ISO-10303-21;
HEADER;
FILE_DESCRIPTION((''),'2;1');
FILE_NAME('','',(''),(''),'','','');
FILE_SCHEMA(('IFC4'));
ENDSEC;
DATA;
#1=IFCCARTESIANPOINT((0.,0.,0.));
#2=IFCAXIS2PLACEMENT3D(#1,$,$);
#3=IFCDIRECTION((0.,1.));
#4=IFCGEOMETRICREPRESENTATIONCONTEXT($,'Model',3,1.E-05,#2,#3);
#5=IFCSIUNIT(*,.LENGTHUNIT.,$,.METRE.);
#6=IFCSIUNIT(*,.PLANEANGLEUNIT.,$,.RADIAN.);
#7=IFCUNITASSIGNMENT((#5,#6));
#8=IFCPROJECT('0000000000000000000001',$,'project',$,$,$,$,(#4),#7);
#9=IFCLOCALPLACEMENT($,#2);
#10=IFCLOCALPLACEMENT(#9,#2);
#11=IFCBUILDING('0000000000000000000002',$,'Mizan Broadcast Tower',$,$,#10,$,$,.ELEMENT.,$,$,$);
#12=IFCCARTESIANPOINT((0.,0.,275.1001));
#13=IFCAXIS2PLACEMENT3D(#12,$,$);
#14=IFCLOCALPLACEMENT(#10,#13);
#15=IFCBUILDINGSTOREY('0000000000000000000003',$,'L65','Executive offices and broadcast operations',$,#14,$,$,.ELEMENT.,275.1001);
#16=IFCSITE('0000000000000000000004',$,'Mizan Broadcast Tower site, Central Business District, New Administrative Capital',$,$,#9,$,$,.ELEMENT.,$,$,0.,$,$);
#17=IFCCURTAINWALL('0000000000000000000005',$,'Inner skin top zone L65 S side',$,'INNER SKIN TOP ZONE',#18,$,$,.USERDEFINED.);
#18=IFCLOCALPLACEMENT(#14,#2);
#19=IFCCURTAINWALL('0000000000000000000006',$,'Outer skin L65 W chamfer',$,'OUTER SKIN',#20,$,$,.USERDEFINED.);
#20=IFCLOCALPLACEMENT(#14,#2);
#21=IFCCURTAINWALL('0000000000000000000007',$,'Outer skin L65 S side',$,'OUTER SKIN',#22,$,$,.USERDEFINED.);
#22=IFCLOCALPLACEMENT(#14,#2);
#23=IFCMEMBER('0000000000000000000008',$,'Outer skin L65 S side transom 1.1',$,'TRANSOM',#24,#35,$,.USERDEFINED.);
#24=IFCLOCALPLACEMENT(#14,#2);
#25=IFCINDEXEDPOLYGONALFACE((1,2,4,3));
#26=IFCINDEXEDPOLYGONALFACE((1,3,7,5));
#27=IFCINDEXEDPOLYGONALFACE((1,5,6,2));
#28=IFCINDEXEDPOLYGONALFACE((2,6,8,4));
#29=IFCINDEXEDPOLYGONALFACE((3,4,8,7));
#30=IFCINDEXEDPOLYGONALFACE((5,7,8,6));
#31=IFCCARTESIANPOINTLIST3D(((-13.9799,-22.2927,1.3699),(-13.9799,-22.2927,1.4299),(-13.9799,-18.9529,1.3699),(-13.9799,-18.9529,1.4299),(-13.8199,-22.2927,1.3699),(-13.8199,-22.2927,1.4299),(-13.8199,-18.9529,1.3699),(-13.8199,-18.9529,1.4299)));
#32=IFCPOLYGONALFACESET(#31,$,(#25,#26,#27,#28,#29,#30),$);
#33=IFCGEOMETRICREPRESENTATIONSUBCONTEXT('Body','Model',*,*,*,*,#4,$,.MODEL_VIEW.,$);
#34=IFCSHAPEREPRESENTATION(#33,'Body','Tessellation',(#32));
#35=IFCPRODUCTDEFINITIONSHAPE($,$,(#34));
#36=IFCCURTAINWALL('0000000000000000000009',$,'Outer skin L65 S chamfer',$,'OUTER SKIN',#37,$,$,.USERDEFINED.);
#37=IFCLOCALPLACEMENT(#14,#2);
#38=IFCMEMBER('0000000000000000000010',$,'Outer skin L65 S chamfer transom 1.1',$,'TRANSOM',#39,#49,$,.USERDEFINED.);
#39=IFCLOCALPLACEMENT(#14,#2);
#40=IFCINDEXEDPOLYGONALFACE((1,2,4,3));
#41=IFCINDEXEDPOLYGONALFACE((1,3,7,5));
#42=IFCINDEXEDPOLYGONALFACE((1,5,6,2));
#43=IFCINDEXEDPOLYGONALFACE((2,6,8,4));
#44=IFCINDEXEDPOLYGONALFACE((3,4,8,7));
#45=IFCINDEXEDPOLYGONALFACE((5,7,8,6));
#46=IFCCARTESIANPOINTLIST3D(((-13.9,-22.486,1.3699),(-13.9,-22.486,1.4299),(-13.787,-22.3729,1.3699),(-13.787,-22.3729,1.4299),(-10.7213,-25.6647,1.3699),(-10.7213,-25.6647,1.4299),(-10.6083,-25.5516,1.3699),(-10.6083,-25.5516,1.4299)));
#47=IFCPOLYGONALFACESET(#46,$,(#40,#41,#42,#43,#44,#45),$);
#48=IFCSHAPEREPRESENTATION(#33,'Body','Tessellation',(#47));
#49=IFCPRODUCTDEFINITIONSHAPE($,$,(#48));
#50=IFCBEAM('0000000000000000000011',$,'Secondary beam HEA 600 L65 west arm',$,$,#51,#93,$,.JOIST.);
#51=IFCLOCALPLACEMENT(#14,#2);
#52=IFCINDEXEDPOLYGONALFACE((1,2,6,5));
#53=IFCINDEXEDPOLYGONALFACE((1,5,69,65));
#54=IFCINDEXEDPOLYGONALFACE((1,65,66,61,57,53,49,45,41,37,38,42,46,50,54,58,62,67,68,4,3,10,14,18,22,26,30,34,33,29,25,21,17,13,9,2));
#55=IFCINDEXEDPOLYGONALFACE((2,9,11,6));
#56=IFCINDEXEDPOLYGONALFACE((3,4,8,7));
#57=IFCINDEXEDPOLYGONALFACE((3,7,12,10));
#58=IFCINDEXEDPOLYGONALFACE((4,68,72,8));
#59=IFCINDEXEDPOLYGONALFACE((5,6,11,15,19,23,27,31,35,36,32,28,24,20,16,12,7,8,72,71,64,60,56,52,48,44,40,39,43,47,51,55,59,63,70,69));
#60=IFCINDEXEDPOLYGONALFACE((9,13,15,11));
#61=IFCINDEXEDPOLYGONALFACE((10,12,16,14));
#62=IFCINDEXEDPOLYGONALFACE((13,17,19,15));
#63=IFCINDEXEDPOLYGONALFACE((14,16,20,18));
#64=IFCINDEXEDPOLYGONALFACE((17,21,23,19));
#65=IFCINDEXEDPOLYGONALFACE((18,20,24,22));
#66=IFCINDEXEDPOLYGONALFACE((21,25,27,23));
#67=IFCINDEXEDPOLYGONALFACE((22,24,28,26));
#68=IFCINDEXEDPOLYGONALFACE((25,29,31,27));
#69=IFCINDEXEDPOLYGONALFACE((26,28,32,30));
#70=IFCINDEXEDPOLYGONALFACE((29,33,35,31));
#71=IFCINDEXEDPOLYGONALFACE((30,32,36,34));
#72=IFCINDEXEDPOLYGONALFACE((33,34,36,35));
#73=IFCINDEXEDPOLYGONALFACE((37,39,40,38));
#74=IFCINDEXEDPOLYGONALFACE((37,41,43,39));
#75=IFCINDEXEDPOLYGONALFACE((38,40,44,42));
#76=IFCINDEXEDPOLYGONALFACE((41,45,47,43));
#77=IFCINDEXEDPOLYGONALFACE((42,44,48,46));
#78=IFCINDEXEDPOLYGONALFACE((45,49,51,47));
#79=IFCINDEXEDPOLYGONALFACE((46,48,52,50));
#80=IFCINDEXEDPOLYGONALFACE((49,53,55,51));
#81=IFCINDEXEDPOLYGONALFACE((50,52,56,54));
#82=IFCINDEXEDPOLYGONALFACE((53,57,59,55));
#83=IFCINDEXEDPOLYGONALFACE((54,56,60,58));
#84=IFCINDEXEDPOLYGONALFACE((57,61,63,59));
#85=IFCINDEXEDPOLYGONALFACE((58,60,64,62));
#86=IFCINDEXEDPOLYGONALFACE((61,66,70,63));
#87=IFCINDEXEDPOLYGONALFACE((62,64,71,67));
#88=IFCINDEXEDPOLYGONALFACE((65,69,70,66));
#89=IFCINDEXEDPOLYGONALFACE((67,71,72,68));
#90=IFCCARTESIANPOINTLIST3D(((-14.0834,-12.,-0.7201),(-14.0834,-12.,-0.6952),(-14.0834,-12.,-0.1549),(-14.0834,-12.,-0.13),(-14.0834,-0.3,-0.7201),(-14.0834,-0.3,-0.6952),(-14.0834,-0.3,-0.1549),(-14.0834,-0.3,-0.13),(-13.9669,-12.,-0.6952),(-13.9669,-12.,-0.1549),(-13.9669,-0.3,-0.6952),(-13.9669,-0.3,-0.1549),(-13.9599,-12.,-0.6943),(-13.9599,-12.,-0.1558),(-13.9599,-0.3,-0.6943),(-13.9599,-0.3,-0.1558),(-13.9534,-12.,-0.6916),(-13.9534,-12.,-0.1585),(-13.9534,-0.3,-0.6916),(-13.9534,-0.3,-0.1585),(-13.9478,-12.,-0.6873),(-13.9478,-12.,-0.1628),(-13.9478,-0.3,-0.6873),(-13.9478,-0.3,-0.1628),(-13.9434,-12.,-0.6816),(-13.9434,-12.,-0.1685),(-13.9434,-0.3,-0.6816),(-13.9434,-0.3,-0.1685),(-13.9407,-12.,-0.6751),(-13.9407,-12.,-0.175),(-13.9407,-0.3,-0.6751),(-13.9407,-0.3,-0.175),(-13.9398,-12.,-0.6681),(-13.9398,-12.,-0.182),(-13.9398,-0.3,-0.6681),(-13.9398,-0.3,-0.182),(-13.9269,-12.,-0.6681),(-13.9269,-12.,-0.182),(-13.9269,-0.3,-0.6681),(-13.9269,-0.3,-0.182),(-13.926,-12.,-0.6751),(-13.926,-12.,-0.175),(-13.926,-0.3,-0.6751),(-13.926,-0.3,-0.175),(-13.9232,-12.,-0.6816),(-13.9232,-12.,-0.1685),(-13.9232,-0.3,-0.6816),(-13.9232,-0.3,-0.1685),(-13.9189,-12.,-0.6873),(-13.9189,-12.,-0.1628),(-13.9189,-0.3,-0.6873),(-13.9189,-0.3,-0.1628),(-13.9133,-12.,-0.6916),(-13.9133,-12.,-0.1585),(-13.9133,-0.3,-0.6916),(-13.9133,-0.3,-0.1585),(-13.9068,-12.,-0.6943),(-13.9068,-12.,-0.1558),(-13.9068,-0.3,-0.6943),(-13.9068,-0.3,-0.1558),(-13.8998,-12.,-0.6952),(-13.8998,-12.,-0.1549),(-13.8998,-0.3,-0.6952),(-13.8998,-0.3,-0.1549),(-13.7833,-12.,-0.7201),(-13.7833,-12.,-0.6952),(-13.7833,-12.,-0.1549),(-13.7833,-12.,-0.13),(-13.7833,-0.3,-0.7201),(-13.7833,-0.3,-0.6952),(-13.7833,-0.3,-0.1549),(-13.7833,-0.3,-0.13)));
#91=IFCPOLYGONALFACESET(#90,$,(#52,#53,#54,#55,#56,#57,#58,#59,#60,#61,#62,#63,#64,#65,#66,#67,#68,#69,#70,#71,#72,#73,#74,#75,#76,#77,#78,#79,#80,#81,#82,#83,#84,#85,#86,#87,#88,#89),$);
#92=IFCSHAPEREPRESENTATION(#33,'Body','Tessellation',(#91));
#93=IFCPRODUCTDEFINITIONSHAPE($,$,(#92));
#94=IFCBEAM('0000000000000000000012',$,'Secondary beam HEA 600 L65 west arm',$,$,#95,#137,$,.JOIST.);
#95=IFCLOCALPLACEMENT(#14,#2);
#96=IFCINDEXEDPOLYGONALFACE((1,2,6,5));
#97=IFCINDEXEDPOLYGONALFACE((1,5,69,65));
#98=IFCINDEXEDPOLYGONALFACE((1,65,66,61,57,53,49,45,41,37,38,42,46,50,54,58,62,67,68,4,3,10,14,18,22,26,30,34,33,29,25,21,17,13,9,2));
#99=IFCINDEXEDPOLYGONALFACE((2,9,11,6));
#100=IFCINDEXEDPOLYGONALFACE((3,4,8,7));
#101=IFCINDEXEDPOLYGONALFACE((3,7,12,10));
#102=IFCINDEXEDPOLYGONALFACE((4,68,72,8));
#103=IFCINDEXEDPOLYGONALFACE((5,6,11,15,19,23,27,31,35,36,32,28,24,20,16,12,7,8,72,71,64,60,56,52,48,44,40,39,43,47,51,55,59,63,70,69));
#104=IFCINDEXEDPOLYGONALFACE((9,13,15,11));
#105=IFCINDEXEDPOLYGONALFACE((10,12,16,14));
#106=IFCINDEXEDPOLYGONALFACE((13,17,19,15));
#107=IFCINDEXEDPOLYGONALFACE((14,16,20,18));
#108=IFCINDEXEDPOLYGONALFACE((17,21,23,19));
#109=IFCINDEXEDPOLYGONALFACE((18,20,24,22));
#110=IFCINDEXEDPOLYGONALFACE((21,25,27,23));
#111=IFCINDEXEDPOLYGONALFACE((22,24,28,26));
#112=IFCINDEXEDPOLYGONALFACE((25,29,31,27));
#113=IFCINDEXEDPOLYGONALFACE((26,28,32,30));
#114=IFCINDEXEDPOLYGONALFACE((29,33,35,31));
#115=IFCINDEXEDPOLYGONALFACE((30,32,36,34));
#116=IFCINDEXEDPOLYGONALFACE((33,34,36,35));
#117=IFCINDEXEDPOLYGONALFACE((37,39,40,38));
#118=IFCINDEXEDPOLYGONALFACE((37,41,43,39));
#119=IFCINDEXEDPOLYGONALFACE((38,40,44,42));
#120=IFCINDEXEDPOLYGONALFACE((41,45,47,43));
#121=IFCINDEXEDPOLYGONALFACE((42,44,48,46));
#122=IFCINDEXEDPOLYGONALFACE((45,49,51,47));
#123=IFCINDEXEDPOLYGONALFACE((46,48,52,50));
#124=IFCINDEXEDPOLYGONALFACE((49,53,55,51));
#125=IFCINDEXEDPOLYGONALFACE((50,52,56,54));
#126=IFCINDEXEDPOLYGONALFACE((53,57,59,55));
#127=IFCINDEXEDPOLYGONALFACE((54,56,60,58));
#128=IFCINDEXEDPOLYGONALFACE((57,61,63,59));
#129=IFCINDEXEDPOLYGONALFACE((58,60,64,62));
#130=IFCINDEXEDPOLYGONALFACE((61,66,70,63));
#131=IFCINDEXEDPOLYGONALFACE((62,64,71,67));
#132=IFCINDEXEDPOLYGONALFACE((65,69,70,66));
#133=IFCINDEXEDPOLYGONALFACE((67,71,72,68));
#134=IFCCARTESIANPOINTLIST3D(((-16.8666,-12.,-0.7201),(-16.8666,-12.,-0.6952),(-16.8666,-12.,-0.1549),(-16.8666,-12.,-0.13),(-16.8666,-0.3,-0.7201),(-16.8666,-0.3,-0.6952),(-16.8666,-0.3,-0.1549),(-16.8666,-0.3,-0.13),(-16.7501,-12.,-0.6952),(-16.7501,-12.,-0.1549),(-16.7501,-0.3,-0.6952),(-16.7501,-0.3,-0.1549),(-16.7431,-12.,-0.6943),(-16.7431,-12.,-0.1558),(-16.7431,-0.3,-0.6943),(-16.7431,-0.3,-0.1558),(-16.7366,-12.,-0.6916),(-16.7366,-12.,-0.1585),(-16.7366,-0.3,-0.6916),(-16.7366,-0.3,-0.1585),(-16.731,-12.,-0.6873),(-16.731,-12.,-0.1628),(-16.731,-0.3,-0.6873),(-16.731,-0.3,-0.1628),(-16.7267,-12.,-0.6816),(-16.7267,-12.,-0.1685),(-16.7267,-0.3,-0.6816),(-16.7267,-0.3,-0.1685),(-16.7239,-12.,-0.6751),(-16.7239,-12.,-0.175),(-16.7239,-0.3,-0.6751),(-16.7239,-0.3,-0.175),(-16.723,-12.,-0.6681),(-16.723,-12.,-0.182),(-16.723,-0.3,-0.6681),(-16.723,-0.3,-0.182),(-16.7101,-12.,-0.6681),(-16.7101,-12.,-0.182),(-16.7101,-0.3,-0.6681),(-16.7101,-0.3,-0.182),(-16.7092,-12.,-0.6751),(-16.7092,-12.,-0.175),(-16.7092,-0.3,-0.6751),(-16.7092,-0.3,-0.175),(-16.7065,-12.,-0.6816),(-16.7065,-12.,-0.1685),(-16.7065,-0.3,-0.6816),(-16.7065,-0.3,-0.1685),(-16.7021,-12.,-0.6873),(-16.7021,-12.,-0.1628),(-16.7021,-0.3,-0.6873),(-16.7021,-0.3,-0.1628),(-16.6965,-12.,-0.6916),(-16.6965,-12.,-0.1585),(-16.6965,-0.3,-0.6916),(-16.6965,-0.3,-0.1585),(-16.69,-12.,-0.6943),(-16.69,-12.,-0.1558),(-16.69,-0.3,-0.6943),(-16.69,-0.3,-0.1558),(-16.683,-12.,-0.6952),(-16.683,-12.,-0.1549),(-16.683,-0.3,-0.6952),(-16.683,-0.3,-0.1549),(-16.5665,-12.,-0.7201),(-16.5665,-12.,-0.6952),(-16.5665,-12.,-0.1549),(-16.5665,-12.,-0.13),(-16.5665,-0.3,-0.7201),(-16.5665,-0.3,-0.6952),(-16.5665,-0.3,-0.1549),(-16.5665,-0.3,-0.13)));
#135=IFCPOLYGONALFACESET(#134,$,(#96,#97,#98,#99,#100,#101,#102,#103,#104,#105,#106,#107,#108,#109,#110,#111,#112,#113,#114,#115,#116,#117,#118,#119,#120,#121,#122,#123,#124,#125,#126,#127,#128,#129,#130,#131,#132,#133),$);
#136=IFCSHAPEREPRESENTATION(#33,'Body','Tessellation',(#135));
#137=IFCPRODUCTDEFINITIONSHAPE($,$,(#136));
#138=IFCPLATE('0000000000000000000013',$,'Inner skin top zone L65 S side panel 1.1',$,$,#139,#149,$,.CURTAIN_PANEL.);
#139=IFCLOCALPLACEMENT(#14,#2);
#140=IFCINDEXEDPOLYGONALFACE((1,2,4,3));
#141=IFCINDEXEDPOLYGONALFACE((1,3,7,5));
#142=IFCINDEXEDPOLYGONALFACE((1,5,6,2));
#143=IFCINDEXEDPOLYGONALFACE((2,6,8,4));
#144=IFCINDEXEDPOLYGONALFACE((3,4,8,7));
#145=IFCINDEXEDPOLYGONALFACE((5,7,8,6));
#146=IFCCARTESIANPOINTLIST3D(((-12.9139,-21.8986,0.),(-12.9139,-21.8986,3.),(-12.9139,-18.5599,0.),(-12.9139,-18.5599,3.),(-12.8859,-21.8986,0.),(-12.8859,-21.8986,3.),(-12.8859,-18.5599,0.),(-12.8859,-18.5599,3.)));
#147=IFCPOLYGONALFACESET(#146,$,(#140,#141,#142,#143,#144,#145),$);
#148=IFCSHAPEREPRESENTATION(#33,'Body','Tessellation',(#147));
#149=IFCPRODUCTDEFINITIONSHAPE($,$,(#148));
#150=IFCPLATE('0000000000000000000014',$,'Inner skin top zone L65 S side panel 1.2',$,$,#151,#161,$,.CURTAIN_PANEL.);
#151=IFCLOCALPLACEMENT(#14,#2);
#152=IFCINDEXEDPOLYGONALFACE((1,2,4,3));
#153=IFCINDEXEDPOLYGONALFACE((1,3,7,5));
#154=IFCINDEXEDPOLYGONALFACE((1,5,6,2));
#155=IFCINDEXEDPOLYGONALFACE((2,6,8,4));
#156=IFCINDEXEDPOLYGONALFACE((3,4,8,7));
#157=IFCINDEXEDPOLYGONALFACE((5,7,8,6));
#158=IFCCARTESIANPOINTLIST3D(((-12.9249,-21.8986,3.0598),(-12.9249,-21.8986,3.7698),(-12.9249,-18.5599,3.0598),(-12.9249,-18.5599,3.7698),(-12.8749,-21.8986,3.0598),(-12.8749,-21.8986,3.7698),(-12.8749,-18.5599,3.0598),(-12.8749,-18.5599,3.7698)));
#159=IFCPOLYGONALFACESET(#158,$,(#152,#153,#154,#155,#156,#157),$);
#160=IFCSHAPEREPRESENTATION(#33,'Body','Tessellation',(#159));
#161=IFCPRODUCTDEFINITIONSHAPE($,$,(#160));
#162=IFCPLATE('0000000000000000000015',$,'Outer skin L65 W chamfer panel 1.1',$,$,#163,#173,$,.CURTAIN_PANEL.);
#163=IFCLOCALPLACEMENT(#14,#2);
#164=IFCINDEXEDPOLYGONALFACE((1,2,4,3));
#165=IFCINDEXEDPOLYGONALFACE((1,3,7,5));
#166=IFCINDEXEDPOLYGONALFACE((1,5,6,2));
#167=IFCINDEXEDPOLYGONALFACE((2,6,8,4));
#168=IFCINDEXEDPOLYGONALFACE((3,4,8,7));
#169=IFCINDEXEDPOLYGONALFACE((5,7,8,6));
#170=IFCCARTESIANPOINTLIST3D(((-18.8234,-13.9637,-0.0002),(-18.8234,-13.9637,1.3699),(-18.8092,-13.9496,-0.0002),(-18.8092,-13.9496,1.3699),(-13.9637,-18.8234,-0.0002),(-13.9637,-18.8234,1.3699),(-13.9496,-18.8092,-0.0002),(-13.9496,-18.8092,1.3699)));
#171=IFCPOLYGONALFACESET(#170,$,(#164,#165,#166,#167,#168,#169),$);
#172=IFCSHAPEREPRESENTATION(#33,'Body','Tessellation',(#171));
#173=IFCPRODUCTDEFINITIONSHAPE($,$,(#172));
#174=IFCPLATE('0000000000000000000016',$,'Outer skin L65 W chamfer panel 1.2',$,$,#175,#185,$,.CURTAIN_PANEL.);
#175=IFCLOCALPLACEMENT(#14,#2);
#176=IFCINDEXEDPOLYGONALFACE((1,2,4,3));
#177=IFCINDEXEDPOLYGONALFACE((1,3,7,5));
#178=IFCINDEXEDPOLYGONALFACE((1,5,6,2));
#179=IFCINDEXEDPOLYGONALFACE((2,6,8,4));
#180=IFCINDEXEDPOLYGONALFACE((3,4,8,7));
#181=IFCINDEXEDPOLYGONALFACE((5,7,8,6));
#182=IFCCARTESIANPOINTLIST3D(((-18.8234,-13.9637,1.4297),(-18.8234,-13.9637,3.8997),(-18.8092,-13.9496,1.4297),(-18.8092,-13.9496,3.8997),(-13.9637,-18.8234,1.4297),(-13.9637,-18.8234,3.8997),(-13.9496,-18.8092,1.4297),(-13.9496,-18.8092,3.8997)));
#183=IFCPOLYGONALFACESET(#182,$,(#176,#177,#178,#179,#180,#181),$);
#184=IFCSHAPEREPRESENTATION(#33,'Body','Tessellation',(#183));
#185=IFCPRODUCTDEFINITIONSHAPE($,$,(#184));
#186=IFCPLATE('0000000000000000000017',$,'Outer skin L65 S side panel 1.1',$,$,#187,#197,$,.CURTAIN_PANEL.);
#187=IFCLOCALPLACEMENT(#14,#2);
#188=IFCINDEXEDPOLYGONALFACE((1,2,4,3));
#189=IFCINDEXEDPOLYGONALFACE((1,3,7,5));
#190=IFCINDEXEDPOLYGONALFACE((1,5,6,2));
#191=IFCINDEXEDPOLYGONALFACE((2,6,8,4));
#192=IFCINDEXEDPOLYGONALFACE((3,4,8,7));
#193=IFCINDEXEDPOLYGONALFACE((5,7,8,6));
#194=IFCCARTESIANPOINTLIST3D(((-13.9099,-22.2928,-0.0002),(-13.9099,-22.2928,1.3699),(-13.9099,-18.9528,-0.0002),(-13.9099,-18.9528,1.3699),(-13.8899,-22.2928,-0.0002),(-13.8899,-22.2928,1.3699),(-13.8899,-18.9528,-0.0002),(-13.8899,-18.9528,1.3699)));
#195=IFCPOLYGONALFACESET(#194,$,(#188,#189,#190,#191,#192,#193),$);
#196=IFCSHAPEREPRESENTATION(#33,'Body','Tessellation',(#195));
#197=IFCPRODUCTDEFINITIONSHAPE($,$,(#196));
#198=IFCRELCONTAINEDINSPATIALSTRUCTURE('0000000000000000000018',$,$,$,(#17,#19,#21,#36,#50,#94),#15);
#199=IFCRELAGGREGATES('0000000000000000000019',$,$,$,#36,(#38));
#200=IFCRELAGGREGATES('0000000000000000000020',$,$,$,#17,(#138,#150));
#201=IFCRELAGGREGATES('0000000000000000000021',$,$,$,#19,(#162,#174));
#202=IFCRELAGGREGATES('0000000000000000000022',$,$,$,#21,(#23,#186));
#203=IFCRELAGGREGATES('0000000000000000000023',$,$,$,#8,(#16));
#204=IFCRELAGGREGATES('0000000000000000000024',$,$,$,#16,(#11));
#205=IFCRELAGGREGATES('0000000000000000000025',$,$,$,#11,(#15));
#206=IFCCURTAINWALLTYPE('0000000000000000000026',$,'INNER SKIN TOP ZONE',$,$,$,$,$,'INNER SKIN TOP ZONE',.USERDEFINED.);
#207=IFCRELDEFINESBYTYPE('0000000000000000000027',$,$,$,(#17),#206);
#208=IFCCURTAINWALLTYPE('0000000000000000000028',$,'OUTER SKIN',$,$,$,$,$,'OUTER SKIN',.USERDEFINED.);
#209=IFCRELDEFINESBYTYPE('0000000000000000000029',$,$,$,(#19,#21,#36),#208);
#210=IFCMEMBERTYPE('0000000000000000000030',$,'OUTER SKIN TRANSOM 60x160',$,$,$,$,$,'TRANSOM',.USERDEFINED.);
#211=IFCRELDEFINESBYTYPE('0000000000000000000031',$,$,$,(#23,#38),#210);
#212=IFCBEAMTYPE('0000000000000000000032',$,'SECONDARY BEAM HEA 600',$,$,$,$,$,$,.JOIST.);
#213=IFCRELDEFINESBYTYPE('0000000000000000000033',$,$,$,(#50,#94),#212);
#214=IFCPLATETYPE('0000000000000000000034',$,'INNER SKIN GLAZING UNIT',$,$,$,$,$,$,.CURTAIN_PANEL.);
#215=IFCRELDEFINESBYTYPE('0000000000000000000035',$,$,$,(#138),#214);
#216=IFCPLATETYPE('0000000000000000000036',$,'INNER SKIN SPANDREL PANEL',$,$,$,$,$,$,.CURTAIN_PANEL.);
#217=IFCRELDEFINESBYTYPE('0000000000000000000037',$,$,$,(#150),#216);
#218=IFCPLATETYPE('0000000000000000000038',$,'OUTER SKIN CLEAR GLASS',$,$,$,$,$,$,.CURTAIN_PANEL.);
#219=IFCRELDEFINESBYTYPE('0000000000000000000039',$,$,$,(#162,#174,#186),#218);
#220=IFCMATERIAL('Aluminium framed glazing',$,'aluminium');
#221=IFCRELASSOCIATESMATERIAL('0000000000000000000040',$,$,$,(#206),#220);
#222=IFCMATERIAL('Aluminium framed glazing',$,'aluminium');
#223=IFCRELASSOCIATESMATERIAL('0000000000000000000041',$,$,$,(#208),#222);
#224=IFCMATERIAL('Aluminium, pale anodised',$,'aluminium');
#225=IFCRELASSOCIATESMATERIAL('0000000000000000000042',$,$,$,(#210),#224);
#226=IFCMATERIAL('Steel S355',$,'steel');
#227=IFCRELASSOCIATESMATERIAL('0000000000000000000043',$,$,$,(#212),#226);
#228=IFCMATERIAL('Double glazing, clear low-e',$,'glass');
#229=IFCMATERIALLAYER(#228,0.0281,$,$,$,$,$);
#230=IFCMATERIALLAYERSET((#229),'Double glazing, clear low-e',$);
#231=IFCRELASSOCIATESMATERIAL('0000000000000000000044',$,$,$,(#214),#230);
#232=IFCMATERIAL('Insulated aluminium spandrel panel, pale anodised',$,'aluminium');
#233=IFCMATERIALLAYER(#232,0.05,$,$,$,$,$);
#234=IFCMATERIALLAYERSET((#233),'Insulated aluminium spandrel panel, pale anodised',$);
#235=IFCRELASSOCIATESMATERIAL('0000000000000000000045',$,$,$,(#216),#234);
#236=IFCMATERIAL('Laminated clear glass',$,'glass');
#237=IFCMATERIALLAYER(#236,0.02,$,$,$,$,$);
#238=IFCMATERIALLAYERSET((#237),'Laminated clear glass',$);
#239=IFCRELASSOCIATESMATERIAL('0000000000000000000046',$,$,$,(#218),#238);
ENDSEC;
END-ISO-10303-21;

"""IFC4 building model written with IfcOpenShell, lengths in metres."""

from ifc_helpers import new_model, si_unit, direction, frame, origin, origin_2d, place, context, subcontext, project, spatial, rectangle, i_section, extrude, material, layer, layer_set, material_profile, profile_set, type_object, element, aggregate, save


model = new_model("IFC4")

# Units and contexts
model_context = context("Model", 3, precision=1e-05, world=origin(), true_north=direction((0.0, 1.0)))
body_context = subcontext(model_context, "Body", "Model", "MODEL_VIEW")
ifc_project = project(units=[si_unit("LENGTHUNIT", "METRE"), si_unit("PLANEANGLEUNIT", "RADIAN")], contexts=[model_context])

# Site, building, storey
site_placement = place(None, origin())
site = spatial("IfcSite", under=ifc_project, at=site_placement, Name="Mizan Broadcast Tower site, Central Business District, New Administrative Capital", CompositionType="ELEMENT", RefElevation=0.0)
building_placement = place(site_placement, origin())
building = spatial("IfcBuilding", under=site, at=building_placement, Name="Mizan Broadcast Tower", CompositionType="ELEMENT")
storey_placement = place(building_placement, frame((0.0, 0.0, 275.1001)))
storey = spatial("IfcBuildingStorey", under=building, at=storey_placement, Name="L65", Description="Executive offices and broadcast operations", CompositionType="ELEMENT", Elevation=275.1001)

# Shared definitions
ifc_material_1 = material(Name="Aluminium framed glazing", Category="aluminium")
curtain_wall_type_1 = type_object("IfcCurtainWallType", Name="INNER SKIN TOP ZONE", ElementType="INNER SKIN TOP ZONE", PredefinedType="USERDEFINED", material=ifc_material_1)

# Curtain wall
curtain_wall_1_placement = place(storey_placement, origin())
curtain_wall_1 = element("IfcCurtainWall", 1, at=curtain_wall_1_placement, inside=storey, type_object=curtain_wall_type_1, Name="Inner skin top zone L65 S side", ObjectType="INNER SKIN TOP ZONE", PredefinedType="USERDEFINED")

# Curtain walls
ifc_material_2 = material(Name="Aluminium framed glazing", Category="aluminium")
curtain_wall_type_2 = type_object("IfcCurtainWallType", Name="OUTER SKIN", ElementType="OUTER SKIN", PredefinedType="USERDEFINED", material=ifc_material_2)
curtain_wall_2_placement = place(storey_placement, origin())
curtain_wall_2 = element("IfcCurtainWall", 2, at=curtain_wall_2_placement, inside=storey, type_object=curtain_wall_type_2, Name="Outer skin L65 W chamfer", ObjectType="OUTER SKIN", PredefinedType="USERDEFINED")
curtain_wall_3_placement = place(storey_placement, origin())
curtain_wall_3 = element("IfcCurtainWall", 3, at=curtain_wall_3_placement, inside=storey, type_object=curtain_wall_type_2, Name="Outer skin L65 S side", ObjectType="OUTER SKIN", PredefinedType="USERDEFINED")

# Member
ifc_material_3 = material(Name="Aluminium, pale anodised", Category="aluminium")
ifc_material_profile_1 = material_profile(ifc_material_3, rectangle(XDim=0.1599, YDim=0.0601, at=origin_2d()), Name="TRANSOM 160x60")
ifc_profile_set_1 = profile_set([ifc_material_profile_1], Name="Aluminium, pale anodised")
member_type_1 = type_object("IfcMemberType", Name="OUTER SKIN TRANSOM 60x160", ElementType="TRANSOM", PredefinedType="USERDEFINED", material=ifc_profile_set_1)
member_1_placement = place(storey_placement, frame((-13.8999, -18.9529, 1.3999), z_axis=(0.0, -1.0, 0.0), x_axis=(1.0, 0.0, 0.0)))
member_1 = element("IfcMember", 4, at=member_1_placement, type_object=member_type_1, Name="Outer skin L65 S side transom 1.1", ObjectType="TRANSOM", PredefinedType="USERDEFINED", context=body_context, shape_type="SweptSolid", body=[
    extrude(rectangle(XDim=0.1599, YDim=0.0601, at=origin_2d()), origin(), (0.0, 0.0, 1.0), 3.3398),
])

# Curtain wall, member
curtain_wall_4_placement = place(storey_placement, origin())
curtain_wall_4 = element("IfcCurtainWall", 5, at=curtain_wall_4_placement, inside=storey, type_object=curtain_wall_type_2, Name="Outer skin L65 S chamfer", ObjectType="OUTER SKIN", PredefinedType="USERDEFINED")
member_2_placement = place(storey_placement, frame((-13.8435, -22.4294, 1.3999), z_axis=(0.707107, -0.707107, 0.0), x_axis=(0.707107, 0.707107, 0.0)))
member_2 = element("IfcMember", 6, at=member_2_placement, type_object=member_type_1, Name="Outer skin L65 S chamfer transom 1.1", ObjectType="TRANSOM", PredefinedType="USERDEFINED", context=body_context, shape_type="SweptSolid", body=[
    extrude(rectangle(XDim=0.1599, YDim=0.0601, at=origin_2d()), origin(), (0.0, 0.0, 1.0), 4.4954),
])
aggregate(curtain_wall_4, [member_2])

# Beams
ifc_material_4 = material(Name="Steel S355", Category="steel")
ifc_material_profile_2 = material_profile(ifc_material_4, i_section(OverallWidth=0.3, OverallDepth=0.5901, WebThickness=0.0129, FlangeThickness=0.0249, FilletRadius=0.0271, at=origin_2d()), Name="HEA 600")
ifc_profile_set_2 = profile_set([ifc_material_profile_2], Name="Steel S355")
beam_type_1 = type_object("IfcBeamType", Name="SECONDARY BEAM HEA 600", PredefinedType="JOIST", material=ifc_profile_set_2)
for number, where, z_axis, x_axis, name in (
    (7, (-13.9333, -12.0, -0.425), (0.0, 1.0, 0.0), (-1.0, 0.0, 0.0), "Secondary beam HEA 600 L65 west arm"),
    (8, (-16.7166, -12.0, -0.425), (0.0, 1.0, 0.0), (-1.0, 0.0, 0.0), "Secondary beam HEA 600 L65 west arm"),
):
    element("IfcBeam", number, at=place(storey_placement, frame(where, z_axis=z_axis, x_axis=x_axis)), inside=storey, type_object=beam_type_1, Name=name, PredefinedType="JOIST", context=body_context, shape_type="SweptSolid", body=[
        extrude(i_section(OverallWidth=0.3, OverallDepth=0.5901, WebThickness=0.0129, FlangeThickness=0.0249, FilletRadius=0.0271, at=origin_2d()), origin(), (0.0, 0.0, 1.0), 11.7),
    ])

# Plates
ifc_material_5 = material(Name="Double glazing, clear low-e", Category="glass")
ifc_layer_1 = layer(ifc_material_5, 0.0281)
ifc_layer_set_1 = layer_set([ifc_layer_1], Name="Double glazing, clear low-e")
plate_type_1 = type_object("IfcPlateType", Name="INNER SKIN GLAZING UNIT", PredefinedType="CURTAIN_PANEL", material=ifc_layer_set_1)
plate_1_placement = place(storey_placement, frame((-12.8999, -20.2292, 0.0), z_axis=(0.0, 0.0, 1.0), x_axis=(0.0, -1.0, 0.0)))
plate_1 = element("IfcPlate", 9, at=plate_1_placement, type_object=plate_type_1, Name="Inner skin top zone L65 S side panel 1.1", PredefinedType="CURTAIN_PANEL", context=body_context, shape_type="SweptSolid", body=[
    extrude(rectangle(XDim=3.3386, YDim=0.0281, at=origin_2d()), origin(), (0.0, 0.0, 1.0), 3.0),
])
ifc_material_6 = material(Name="Insulated aluminium spandrel panel, pale anodised", Category="aluminium")
ifc_layer_2 = layer(ifc_material_6, 0.05)
ifc_layer_set_2 = layer_set([ifc_layer_2], Name="Insulated aluminium spandrel panel, pale anodised")
plate_type_2 = type_object("IfcPlateType", Name="INNER SKIN SPANDREL PANEL", PredefinedType="CURTAIN_PANEL", material=ifc_layer_set_2)
plate_2_placement = place(storey_placement, frame((-12.8999, -20.2292, 3.0598), z_axis=(0.0, 0.0, 1.0), x_axis=(0.0, -1.0, 0.0)))
plate_2 = element("IfcPlate", 10, at=plate_2_placement, type_object=plate_type_2, Name="Inner skin top zone L65 S side panel 1.2", PredefinedType="CURTAIN_PANEL", context=body_context, shape_type="SweptSolid", body=[
    extrude(rectangle(XDim=3.3386, YDim=0.05, at=origin_2d()), origin(), (0.0, 0.0, 1.0), 0.71),
])
aggregate(curtain_wall_1, [plate_1, plate_2])
ifc_material_7 = material(Name="Laminated clear glass", Category="glass")
ifc_layer_3 = layer(ifc_material_7, 0.02)
ifc_layer_set_3 = layer_set([ifc_layer_3], Name="Laminated clear glass")
plate_type_3 = type_object("IfcPlateType", Name="OUTER SKIN CLEAR GLASS", PredefinedType="CURTAIN_PANEL", material=ifc_layer_set_3)
plate_3_placement = place(storey_placement, frame((-16.3865, -16.3865, -0.0002), z_axis=(0.0, 0.0, 1.0), x_axis=(0.707107, -0.707107, 0.0)))
plate_3 = element("IfcPlate", 11, at=plate_3_placement, type_object=plate_type_3, Name="Outer skin L65 W chamfer panel 1.1", PredefinedType="CURTAIN_PANEL", context=body_context, shape_type="SweptSolid", body=[
    extrude(rectangle(XDim=6.8726, YDim=0.02, at=origin_2d()), origin(), (0.0, 0.0, 1.0), 1.3701),
])
plate_4_placement = place(storey_placement, frame((-16.3865, -16.3865, 1.4297), z_axis=(0.0, 0.0, 1.0), x_axis=(0.707107, -0.707107, 0.0)))
plate_4 = element("IfcPlate", 12, at=plate_4_placement, type_object=plate_type_3, Name="Outer skin L65 W chamfer panel 1.2", PredefinedType="CURTAIN_PANEL", context=body_context, shape_type="SweptSolid", body=[
    extrude(rectangle(XDim=6.8726, YDim=0.02, at=origin_2d()), origin(), (0.0, 0.0, 1.0), 2.47),
])
aggregate(curtain_wall_2, [plate_3, plate_4])
plate_5_placement = place(storey_placement, frame((-13.8999, -20.6228, -0.0002), z_axis=(0.0, 0.0, 1.0), x_axis=(0.0, -1.0, 0.0)))
plate_5 = element("IfcPlate", 13, at=plate_5_placement, type_object=plate_type_3, Name="Outer skin L65 S side panel 1.1", PredefinedType="CURTAIN_PANEL", context=body_context, shape_type="SweptSolid", body=[
    extrude(rectangle(XDim=3.3401, YDim=0.02, at=origin_2d()), origin(), (0.0, 0.0, 1.0), 1.3701),
])
aggregate(curtain_wall_3, [member_1, plate_5])

save(model, "model.ifc")
